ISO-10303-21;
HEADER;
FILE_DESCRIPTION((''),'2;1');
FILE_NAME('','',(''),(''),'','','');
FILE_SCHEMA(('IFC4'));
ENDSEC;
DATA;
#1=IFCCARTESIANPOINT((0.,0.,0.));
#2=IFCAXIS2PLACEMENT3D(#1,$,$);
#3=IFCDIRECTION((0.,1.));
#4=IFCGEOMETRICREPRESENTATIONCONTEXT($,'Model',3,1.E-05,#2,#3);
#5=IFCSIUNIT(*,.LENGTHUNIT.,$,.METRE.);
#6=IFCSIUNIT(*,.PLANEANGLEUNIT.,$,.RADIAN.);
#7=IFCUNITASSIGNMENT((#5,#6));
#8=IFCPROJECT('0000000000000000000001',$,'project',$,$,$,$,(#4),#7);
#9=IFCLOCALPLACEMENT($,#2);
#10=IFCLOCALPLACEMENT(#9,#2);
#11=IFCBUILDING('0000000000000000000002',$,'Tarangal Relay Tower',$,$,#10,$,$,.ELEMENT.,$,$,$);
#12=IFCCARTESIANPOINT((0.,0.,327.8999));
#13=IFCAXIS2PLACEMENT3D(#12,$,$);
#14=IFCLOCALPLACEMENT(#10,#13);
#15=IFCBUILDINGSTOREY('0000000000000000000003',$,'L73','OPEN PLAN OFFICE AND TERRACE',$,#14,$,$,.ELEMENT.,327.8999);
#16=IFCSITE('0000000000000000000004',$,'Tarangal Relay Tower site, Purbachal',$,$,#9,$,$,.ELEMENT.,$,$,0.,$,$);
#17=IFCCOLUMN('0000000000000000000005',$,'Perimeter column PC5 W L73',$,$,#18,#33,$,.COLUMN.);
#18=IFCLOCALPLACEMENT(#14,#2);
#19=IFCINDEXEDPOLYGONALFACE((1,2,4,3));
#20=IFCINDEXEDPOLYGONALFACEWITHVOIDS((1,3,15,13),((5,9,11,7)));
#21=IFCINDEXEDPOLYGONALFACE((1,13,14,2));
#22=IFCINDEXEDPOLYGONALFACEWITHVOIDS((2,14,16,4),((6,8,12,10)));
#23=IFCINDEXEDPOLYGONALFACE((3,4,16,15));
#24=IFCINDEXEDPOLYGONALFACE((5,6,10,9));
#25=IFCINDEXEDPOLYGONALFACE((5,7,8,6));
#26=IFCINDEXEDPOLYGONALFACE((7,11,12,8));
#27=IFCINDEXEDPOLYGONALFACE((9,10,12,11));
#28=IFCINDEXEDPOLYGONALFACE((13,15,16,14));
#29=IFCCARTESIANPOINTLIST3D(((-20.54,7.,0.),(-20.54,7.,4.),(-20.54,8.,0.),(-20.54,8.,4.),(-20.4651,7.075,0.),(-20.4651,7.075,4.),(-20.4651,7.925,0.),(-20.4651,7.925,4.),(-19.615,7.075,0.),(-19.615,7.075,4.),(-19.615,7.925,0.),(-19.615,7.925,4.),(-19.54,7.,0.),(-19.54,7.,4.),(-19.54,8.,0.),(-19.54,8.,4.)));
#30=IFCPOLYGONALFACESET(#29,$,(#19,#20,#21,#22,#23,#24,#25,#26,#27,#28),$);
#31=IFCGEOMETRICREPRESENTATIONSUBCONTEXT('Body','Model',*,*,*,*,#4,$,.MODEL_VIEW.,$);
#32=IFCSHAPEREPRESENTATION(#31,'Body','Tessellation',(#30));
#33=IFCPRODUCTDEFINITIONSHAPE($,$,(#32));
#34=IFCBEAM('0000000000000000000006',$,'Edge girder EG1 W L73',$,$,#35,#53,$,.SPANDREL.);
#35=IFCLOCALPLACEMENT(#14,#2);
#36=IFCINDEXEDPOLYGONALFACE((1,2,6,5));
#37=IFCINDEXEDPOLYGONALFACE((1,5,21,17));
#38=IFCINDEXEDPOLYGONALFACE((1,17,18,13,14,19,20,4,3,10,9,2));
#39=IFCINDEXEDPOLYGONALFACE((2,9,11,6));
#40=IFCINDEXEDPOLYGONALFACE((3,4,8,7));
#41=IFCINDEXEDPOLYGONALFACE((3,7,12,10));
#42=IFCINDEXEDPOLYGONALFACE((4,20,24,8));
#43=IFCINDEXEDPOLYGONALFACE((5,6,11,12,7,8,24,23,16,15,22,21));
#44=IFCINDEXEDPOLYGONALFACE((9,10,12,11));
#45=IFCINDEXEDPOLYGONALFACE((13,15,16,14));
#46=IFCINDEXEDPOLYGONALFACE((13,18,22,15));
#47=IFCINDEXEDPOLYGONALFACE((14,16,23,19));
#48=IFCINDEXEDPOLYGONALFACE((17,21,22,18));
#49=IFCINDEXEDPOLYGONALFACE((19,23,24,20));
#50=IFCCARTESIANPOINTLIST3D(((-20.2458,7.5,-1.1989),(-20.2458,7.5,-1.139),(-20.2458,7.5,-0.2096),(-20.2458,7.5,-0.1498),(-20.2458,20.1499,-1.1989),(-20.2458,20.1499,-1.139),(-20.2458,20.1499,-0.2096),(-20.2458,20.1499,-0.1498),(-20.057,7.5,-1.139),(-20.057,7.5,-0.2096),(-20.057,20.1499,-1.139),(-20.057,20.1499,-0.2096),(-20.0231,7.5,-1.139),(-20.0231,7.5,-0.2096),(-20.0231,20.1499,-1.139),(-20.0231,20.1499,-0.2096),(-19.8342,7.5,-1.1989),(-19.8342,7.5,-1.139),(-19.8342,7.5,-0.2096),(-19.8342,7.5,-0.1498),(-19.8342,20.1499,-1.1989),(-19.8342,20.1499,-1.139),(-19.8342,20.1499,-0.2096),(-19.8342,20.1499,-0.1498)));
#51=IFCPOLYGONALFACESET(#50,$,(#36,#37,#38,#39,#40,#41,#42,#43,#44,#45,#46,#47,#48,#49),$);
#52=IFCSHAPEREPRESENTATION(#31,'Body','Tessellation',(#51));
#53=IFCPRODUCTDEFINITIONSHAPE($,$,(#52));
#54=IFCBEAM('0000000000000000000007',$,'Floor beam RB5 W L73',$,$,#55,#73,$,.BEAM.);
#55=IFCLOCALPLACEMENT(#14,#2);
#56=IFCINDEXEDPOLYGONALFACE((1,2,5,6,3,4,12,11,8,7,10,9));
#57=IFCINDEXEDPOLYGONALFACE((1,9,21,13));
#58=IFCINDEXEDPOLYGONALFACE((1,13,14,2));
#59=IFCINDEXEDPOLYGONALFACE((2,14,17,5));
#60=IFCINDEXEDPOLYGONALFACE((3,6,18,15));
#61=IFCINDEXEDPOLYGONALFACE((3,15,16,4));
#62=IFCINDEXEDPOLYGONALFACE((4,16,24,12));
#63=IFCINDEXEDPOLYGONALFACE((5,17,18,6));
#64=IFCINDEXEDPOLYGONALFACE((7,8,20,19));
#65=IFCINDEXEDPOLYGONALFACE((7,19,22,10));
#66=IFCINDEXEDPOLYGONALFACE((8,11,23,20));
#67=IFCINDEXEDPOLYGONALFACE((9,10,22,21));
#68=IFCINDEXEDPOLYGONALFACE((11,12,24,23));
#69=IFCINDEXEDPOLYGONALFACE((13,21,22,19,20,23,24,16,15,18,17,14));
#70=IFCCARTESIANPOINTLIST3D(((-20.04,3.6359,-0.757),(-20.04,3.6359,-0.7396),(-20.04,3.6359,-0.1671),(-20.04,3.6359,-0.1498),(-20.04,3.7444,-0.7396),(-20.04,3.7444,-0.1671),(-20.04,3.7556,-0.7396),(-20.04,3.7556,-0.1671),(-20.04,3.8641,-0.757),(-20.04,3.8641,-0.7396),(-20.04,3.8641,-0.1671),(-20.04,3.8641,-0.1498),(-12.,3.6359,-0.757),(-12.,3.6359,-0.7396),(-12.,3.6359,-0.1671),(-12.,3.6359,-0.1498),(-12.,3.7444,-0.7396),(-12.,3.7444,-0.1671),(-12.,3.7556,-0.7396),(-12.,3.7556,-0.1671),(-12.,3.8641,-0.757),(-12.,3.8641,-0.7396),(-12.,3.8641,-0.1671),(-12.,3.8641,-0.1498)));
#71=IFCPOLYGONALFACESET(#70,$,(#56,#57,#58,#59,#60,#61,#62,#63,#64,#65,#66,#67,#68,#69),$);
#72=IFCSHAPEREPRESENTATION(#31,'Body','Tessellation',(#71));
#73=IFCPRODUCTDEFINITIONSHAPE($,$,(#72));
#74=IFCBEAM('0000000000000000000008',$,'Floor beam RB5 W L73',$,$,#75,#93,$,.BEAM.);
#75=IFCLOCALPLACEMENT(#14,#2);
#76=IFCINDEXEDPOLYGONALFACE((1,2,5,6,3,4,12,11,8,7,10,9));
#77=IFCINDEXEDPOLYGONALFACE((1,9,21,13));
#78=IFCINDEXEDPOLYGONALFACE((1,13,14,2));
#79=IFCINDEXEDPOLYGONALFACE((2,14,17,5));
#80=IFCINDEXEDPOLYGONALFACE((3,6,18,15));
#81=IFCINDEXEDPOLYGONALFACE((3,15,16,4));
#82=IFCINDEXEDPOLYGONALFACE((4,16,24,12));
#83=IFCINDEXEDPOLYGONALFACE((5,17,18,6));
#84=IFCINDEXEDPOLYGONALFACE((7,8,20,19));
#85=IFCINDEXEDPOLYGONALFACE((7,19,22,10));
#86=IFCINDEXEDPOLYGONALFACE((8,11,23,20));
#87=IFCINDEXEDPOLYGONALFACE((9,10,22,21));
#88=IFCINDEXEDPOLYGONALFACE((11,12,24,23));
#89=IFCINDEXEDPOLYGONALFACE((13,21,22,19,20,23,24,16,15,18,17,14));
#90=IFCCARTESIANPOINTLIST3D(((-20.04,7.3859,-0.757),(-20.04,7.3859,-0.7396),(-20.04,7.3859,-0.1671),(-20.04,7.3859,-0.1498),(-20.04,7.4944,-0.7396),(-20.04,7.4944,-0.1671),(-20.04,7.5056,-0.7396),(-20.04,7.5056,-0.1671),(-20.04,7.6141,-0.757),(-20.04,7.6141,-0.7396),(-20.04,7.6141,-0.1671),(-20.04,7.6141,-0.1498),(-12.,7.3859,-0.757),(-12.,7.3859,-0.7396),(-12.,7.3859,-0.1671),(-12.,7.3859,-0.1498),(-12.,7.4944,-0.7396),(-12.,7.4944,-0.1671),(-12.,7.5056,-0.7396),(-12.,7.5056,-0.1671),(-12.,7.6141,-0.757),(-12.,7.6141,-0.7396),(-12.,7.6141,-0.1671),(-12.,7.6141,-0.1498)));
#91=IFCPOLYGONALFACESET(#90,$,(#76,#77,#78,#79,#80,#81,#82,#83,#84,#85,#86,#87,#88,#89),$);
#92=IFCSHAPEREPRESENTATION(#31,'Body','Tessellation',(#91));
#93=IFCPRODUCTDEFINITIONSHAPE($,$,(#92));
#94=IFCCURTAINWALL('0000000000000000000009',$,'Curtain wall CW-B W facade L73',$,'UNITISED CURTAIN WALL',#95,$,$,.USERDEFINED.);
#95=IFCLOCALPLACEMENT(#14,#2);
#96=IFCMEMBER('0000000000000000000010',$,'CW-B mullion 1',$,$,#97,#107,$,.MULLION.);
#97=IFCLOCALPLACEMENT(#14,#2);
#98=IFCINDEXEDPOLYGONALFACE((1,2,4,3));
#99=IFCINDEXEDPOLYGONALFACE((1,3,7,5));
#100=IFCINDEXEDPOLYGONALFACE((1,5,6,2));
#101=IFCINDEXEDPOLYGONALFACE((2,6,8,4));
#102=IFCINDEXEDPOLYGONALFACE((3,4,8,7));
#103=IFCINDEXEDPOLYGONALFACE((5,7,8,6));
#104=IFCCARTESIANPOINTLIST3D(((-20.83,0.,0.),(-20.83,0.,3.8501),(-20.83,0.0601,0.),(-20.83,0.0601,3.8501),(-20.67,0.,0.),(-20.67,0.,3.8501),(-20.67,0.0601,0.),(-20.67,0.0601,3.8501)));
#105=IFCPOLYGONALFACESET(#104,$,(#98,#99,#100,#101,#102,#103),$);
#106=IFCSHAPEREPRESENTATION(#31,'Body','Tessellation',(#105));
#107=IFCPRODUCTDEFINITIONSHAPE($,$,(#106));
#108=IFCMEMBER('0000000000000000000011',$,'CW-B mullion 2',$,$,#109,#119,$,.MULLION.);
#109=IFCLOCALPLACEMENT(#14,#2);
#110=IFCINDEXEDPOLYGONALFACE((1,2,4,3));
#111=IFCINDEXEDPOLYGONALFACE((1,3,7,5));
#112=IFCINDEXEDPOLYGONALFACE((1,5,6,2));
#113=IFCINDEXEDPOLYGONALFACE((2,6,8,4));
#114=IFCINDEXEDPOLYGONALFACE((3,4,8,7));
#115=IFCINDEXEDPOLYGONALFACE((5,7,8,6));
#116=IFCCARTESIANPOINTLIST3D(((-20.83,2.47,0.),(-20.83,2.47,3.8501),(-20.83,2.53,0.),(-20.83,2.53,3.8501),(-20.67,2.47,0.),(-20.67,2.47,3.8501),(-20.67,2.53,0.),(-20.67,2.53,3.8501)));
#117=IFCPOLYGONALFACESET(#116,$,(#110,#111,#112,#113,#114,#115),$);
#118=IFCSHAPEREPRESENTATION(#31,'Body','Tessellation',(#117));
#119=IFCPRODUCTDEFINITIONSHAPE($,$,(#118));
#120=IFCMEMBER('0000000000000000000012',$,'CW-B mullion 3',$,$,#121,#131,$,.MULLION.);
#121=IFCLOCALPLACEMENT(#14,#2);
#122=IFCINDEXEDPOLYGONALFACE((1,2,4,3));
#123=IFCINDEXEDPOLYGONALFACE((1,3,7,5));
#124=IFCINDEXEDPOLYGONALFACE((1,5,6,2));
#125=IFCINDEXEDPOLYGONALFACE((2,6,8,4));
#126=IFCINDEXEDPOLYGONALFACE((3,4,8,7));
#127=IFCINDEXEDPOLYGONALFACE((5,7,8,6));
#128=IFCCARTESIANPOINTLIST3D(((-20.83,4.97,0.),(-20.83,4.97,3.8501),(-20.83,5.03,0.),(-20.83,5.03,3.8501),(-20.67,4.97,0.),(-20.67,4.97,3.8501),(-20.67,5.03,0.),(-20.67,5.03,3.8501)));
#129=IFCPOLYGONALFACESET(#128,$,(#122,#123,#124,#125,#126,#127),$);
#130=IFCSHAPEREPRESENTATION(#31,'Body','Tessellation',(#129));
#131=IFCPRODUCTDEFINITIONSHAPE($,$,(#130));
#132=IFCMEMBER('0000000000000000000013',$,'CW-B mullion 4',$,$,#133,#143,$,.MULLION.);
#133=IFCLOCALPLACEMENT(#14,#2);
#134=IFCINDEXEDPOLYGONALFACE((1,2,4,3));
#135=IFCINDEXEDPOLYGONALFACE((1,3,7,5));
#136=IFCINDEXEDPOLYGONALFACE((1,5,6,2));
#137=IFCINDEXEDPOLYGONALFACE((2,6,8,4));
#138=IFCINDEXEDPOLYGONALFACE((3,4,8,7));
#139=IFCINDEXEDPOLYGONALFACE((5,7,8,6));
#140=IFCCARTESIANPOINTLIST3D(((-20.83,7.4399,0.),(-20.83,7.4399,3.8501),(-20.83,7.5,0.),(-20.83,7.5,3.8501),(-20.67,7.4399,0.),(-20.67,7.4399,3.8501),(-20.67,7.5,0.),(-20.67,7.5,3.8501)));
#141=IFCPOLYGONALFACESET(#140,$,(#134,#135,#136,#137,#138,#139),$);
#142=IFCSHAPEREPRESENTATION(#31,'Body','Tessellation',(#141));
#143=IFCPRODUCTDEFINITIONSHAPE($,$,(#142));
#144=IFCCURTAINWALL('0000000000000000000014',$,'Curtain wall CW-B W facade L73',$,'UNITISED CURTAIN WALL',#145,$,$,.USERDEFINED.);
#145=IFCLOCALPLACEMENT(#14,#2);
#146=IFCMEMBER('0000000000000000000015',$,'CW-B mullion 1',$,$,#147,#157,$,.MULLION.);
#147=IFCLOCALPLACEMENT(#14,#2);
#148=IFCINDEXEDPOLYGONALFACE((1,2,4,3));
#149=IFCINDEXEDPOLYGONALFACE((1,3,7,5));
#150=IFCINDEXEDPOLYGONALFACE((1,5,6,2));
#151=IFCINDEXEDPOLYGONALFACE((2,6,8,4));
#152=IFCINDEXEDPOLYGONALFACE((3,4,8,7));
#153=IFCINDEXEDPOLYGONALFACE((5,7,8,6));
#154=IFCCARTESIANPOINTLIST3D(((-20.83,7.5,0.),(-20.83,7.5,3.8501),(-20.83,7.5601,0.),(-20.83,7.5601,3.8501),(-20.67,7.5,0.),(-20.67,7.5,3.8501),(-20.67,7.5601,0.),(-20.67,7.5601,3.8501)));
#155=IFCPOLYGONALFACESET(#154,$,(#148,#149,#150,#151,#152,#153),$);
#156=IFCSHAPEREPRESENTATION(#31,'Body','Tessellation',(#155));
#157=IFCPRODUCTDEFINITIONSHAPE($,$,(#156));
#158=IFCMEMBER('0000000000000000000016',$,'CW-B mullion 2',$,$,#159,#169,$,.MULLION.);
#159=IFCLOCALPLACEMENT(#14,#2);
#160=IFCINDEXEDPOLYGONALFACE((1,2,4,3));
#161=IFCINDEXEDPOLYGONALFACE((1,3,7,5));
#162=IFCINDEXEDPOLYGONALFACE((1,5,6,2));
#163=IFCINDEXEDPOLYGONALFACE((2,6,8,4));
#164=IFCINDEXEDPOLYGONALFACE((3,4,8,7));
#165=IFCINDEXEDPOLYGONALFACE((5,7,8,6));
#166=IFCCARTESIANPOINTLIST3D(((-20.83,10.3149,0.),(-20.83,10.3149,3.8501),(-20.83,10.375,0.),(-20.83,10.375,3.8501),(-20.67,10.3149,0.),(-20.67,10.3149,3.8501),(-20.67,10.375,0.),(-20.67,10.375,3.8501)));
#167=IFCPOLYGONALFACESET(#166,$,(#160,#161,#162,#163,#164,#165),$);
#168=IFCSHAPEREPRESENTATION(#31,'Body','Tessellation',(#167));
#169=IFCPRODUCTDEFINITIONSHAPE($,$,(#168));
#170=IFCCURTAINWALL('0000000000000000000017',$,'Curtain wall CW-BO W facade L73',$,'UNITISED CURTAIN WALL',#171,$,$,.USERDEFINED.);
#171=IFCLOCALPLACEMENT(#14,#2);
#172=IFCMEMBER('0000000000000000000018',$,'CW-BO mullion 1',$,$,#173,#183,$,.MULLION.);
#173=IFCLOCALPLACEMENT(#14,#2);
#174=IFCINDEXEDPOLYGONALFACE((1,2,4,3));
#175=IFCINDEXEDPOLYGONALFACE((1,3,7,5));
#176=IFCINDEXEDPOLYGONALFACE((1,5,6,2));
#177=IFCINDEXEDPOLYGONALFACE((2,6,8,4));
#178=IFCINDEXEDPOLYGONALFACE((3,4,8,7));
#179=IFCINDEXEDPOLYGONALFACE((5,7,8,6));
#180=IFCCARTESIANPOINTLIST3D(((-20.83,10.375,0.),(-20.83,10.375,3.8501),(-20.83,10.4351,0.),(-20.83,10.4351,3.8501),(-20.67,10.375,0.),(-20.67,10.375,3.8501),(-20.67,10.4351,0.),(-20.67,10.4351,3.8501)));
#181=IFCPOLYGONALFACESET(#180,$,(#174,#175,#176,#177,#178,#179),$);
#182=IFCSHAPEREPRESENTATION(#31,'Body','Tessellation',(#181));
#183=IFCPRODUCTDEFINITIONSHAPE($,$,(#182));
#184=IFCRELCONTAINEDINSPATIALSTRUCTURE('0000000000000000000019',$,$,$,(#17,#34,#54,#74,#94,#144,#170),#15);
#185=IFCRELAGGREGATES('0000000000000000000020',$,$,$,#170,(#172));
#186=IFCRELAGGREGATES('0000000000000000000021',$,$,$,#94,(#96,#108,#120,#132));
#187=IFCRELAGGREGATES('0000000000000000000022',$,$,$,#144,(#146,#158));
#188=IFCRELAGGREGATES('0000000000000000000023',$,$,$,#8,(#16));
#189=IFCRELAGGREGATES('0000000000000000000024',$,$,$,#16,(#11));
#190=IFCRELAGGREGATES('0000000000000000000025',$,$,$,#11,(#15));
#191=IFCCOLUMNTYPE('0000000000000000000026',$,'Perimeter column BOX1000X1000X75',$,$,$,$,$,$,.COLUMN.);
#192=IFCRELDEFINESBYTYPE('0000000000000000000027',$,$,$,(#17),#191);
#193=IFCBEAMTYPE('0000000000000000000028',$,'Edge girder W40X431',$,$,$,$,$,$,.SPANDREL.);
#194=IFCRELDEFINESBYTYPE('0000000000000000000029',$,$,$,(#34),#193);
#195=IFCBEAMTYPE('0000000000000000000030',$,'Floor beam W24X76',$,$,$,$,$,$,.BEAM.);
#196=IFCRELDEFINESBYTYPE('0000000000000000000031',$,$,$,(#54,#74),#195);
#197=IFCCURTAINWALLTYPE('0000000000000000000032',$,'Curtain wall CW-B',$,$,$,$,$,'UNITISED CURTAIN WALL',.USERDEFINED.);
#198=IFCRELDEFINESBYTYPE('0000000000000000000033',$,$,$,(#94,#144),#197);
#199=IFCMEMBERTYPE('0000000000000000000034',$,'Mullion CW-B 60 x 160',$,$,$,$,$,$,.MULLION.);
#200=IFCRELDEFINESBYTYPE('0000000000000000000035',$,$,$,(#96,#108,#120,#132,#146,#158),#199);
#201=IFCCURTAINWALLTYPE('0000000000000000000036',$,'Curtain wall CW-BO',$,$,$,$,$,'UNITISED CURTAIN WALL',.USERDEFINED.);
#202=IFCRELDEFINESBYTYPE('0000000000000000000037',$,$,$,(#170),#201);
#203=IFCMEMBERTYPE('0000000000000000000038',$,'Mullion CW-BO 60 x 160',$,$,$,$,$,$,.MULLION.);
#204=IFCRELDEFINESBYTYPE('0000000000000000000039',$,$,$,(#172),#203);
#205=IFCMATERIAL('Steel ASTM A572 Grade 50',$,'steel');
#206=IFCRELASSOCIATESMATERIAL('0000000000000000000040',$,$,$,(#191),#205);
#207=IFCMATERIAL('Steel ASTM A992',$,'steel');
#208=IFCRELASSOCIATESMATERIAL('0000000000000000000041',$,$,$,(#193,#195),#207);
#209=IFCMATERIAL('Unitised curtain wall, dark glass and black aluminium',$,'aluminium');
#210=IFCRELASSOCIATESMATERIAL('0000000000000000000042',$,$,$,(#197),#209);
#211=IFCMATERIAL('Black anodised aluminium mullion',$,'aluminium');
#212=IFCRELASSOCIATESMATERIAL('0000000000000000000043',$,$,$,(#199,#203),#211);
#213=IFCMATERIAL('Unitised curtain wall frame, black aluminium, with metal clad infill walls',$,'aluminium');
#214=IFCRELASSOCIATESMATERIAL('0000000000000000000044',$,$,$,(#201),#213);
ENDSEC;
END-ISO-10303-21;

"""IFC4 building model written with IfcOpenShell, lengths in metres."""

from ifc_helpers import new_model, si_unit, direction, frame, origin, origin_2d, place, context, subcontext, project, spatial, rectangle, hollow_rectangle, i_section, extrude, material, material_profile, profile_set, type_object, element, aggregate, save


model = new_model("IFC4")

# Units and contexts
model_context = context("Model", 3, precision=1e-05, world=origin(), true_north=direction((0.0, 1.0)))
body_context = subcontext(model_context, "Body", "Model", "MODEL_VIEW")
ifc_project = project(units=[si_unit("LENGTHUNIT", "METRE"), si_unit("PLANEANGLEUNIT", "RADIAN")], contexts=[model_context])

# Site, building, storey
site_placement = place(None, origin())
site = spatial("IfcSite", under=ifc_project, at=site_placement, Name="Tarangal Relay Tower site, Purbachal", CompositionType="ELEMENT", RefElevation=0.0)
building_placement = place(site_placement, origin())
building = spatial("IfcBuilding", under=site, at=building_placement, Name="Tarangal Relay Tower", CompositionType="ELEMENT")
storey_placement = place(building_placement, frame((0.0, 0.0, 327.8999)))
storey = spatial("IfcBuildingStorey", under=building, at=storey_placement, Name="L73", Description="OPEN PLAN OFFICE AND TERRACE", CompositionType="ELEMENT", Elevation=327.8999)

# Column
ifc_material_1 = material(Name="Steel ASTM A572 Grade 50", Category="steel")
ifc_material_profile_1 = material_profile(ifc_material_1, hollow_rectangle(XDim=1.0, YDim=1.0, WallThickness=0.075, at=origin_2d()), Name="BOX1000X1000X75")
ifc_profile_set_1 = profile_set([ifc_material_profile_1], Name="Steel ASTM A572 Grade 50")
column_type = type_object("IfcColumnType", Name="Perimeter column BOX1000X1000X75", PredefinedType="COLUMN", material=ifc_profile_set_1)
column_placement = place(storey_placement, frame((-20.04, 7.5, 0.0), z_axis=(0.0, 0.0, 1.0), x_axis=(1.0, 0.0, 0.0)))
element("IfcColumn", 1, at=column_placement, inside=storey, type_object=column_type, Name="Perimeter column PC5 W L73", PredefinedType="COLUMN", context=body_context, shape_type="SweptSolid", body=[
    extrude(hollow_rectangle(XDim=1.0, YDim=1.0, WallThickness=0.075, at=origin_2d()), origin(), (0.0, 0.0, 1.0), 4.0),
])

# Beams
ifc_material_2 = material(Name="Steel ASTM A992", Category="steel")
ifc_material_profile_2 = material_profile(ifc_material_2, i_section(OverallWidth=0.4116, OverallDepth=1.0491, WebThickness=0.0339, FlangeThickness=0.0598, at=origin_2d()), Name="W40X431")
ifc_profile_set_2 = profile_set([ifc_material_profile_2], Name="Steel ASTM A992")
beam_type_1 = type_object("IfcBeamType", Name="Edge girder W40X431", PredefinedType="SPANDREL", material=ifc_profile_set_2)
beam_placement = place(storey_placement, frame((-20.04, 7.5, -0.6743), z_axis=(0.0, 1.0, 0.0), x_axis=(-1.0, 0.0, 0.0)))
element("IfcBeam", 2, at=beam_placement, inside=storey, type_object=beam_type_1, Name="Edge girder EG1 W L73", PredefinedType="SPANDREL", context=body_context, shape_type="SweptSolid", body=[
    extrude(i_section(OverallWidth=0.4116, OverallDepth=1.0491, WebThickness=0.0339, FlangeThickness=0.0598, at=origin_2d()), origin(), (0.0, 0.0, 1.0), 12.6499),
])
ifc_material_profile_3 = material_profile(ifc_material_2, i_section(OverallWidth=0.2283, OverallDepth=0.6072, WebThickness=0.0112, FlangeThickness=0.0173, at=origin_2d()), Name="W24X76")
ifc_profile_set_3 = profile_set([ifc_material_profile_3], Name="Steel ASTM A992")
beam_type_2 = type_object("IfcBeamType", Name="Floor beam W24X76", PredefinedType="BEAM", material=ifc_profile_set_3)
for number, where, z_axis, x_axis, name in (
    (3, (-12.0, 3.75, -0.4534), (-1.0, 0.0, 0.0), (0.0, -1.0, 0.0), "Floor beam RB5 W L73"),
    (4, (-12.0, 7.5, -0.4534), (-1.0, 0.0, 0.0), (0.0, -1.0, 0.0), "Floor beam RB5 W L73"),
):
    element("IfcBeam", number, at=place(storey_placement, frame(where, z_axis=z_axis, x_axis=x_axis)), inside=storey, type_object=beam_type_2, Name=name, PredefinedType="BEAM", context=body_context, shape_type="SweptSolid", body=[
        extrude(i_section(OverallWidth=0.2283, OverallDepth=0.6072, WebThickness=0.0112, FlangeThickness=0.0173, at=origin_2d()), origin(), (0.0, 0.0, 1.0), 8.04),
    ])

# Curtain walls, members
ifc_material_3 = material(Name="Unitised curtain wall, dark glass and black aluminium", Category="aluminium")
curtain_wall_type_1 = type_object("IfcCurtainWallType", Name="Curtain wall CW-B", ElementType="UNITISED CURTAIN WALL", PredefinedType="USERDEFINED", material=ifc_material_3)
curtain_wall_1_placement = place(storey_placement, origin())
curtain_wall_1 = element("IfcCurtainWall", 5, at=curtain_wall_1_placement, inside=storey, type_object=curtain_wall_type_1, Name="Curtain wall CW-B W facade L73", ObjectType="UNITISED CURTAIN WALL", PredefinedType="USERDEFINED")
ifc_material_4 = material(Name="Black anodised aluminium mullion", Category="aluminium")
ifc_material_profile_4 = material_profile(ifc_material_4, rectangle(XDim=0.1599, YDim=0.0601, at=origin_2d()), Name="CW-BM 60X160")
ifc_profile_set_4 = profile_set([ifc_material_profile_4], Name="Black anodised aluminium mullion")
member_type_1 = type_object("IfcMemberType", Name="Mullion CW-B 60 x 160", PredefinedType="MULLION", material=ifc_profile_set_4)
member_1_placement = place(storey_placement, frame((-20.75, 0.03, 0.0), z_axis=(0.0, 0.0, 1.0), x_axis=(-1.0, 0.0, 0.0)))
member_1 = element("IfcMember", 6, at=member_1_placement, type_object=member_type_1, Name="CW-B mullion 1", PredefinedType="MULLION", context=body_context, shape_type="SweptSolid", body=[
    extrude(rectangle(XDim=0.1599, YDim=0.0601, at=origin_2d()), origin(), (0.0, 0.0, 1.0), 3.8501),
])
member_2_placement = place(storey_placement, frame((-20.75, 2.5, 0.0), z_axis=(0.0, 0.0, 1.0), x_axis=(-1.0, 0.0, 0.0)))
member_2 = element("IfcMember", 7, at=member_2_placement, type_object=member_type_1, Name="CW-B mullion 2", PredefinedType="MULLION", context=body_context, shape_type="SweptSolid", body=[
    extrude(rectangle(XDim=0.1599, YDim=0.0601, at=origin_2d()), origin(), (0.0, 0.0, 1.0), 3.8501),
])
member_3_placement = place(storey_placement, frame((-20.75, 5.0, 0.0), z_axis=(0.0, 0.0, 1.0), x_axis=(-1.0, 0.0, 0.0)))
member_3 = element("IfcMember", 8, at=member_3_placement, type_object=member_type_1, Name="CW-B mullion 3", PredefinedType="MULLION", context=body_context, shape_type="SweptSolid", body=[
    extrude(rectangle(XDim=0.1599, YDim=0.0601, at=origin_2d()), origin(), (0.0, 0.0, 1.0), 3.8501),
])
member_4_placement = place(storey_placement, frame((-20.75, 7.47, 0.0), z_axis=(0.0, 0.0, 1.0), x_axis=(-1.0, 0.0, 0.0)))
member_4 = element("IfcMember", 9, at=member_4_placement, type_object=member_type_1, Name="CW-B mullion 4", PredefinedType="MULLION", context=body_context, shape_type="SweptSolid", body=[
    extrude(rectangle(XDim=0.1599, YDim=0.0601, at=origin_2d()), origin(), (0.0, 0.0, 1.0), 3.8501),
])
curtain_wall_2_placement = place(storey_placement, origin())
curtain_wall_2 = element("IfcCurtainWall", 10, at=curtain_wall_2_placement, inside=storey, type_object=curtain_wall_type_1, Name="Curtain wall CW-B W facade L73", ObjectType="UNITISED CURTAIN WALL", PredefinedType="USERDEFINED")
member_5_placement = place(storey_placement, frame((-20.75, 7.53, 0.0), z_axis=(0.0, 0.0, 1.0), x_axis=(-1.0, 0.0, 0.0)))
member_5 = element("IfcMember", 11, at=member_5_placement, type_object=member_type_1, Name="CW-B mullion 1", PredefinedType="MULLION", context=body_context, shape_type="SweptSolid", body=[
    extrude(rectangle(XDim=0.1599, YDim=0.0601, at=origin_2d()), origin(), (0.0, 0.0, 1.0), 3.8501),
])
member_6_placement = place(storey_placement, frame((-20.75, 10.345, 0.0), z_axis=(0.0, 0.0, 1.0), x_axis=(-1.0, 0.0, 0.0)))
member_6 = element("IfcMember", 12, at=member_6_placement, type_object=member_type_1, Name="CW-B mullion 2", PredefinedType="MULLION", context=body_context, shape_type="SweptSolid", body=[
    extrude(rectangle(XDim=0.1599, YDim=0.0601, at=origin_2d()), origin(), (0.0, 0.0, 1.0), 3.8501),
])

# Curtain wall, member
ifc_material_5 = material(Name="Unitised curtain wall frame, black aluminium, with metal clad infill walls", Category="aluminium")
curtain_wall_type_2 = type_object("IfcCurtainWallType", Name="Curtain wall CW-BO", ElementType="UNITISED CURTAIN WALL", PredefinedType="USERDEFINED", material=ifc_material_5)
curtain_wall_3_placement = place(storey_placement, origin())
curtain_wall_3 = element("IfcCurtainWall", 13, at=curtain_wall_3_placement, inside=storey, type_object=curtain_wall_type_2, Name="Curtain wall CW-BO W facade L73", ObjectType="UNITISED CURTAIN WALL", PredefinedType="USERDEFINED")
ifc_material_profile_5 = material_profile(ifc_material_4, rectangle(XDim=0.1599, YDim=0.0601, at=origin_2d()), Name="CW-BOM 60X160")
ifc_profile_set_5 = profile_set([ifc_material_profile_5], Name="Black anodised aluminium mullion")
member_type_2 = type_object("IfcMemberType", Name="Mullion CW-BO 60 x 160", PredefinedType="MULLION", material=ifc_profile_set_5)
member_7_placement = place(storey_placement, frame((-20.75, 10.405, 0.0), z_axis=(0.0, 0.0, 1.0), x_axis=(-1.0, 0.0, 0.0)))
member_7 = element("IfcMember", 14, at=member_7_placement, type_object=member_type_2, Name="CW-BO mullion 1", PredefinedType="MULLION", context=body_context, shape_type="SweptSolid", body=[
    extrude(rectangle(XDim=0.1599, YDim=0.0601, at=origin_2d()), origin(), (0.0, 0.0, 1.0), 3.8501),
])

aggregate(curtain_wall_3, [member_7])

aggregate(curtain_wall_1, [member_1, member_2, member_3, member_4])
aggregate(curtain_wall_2, [member_5, member_6])

save(model, "model.ifc")
